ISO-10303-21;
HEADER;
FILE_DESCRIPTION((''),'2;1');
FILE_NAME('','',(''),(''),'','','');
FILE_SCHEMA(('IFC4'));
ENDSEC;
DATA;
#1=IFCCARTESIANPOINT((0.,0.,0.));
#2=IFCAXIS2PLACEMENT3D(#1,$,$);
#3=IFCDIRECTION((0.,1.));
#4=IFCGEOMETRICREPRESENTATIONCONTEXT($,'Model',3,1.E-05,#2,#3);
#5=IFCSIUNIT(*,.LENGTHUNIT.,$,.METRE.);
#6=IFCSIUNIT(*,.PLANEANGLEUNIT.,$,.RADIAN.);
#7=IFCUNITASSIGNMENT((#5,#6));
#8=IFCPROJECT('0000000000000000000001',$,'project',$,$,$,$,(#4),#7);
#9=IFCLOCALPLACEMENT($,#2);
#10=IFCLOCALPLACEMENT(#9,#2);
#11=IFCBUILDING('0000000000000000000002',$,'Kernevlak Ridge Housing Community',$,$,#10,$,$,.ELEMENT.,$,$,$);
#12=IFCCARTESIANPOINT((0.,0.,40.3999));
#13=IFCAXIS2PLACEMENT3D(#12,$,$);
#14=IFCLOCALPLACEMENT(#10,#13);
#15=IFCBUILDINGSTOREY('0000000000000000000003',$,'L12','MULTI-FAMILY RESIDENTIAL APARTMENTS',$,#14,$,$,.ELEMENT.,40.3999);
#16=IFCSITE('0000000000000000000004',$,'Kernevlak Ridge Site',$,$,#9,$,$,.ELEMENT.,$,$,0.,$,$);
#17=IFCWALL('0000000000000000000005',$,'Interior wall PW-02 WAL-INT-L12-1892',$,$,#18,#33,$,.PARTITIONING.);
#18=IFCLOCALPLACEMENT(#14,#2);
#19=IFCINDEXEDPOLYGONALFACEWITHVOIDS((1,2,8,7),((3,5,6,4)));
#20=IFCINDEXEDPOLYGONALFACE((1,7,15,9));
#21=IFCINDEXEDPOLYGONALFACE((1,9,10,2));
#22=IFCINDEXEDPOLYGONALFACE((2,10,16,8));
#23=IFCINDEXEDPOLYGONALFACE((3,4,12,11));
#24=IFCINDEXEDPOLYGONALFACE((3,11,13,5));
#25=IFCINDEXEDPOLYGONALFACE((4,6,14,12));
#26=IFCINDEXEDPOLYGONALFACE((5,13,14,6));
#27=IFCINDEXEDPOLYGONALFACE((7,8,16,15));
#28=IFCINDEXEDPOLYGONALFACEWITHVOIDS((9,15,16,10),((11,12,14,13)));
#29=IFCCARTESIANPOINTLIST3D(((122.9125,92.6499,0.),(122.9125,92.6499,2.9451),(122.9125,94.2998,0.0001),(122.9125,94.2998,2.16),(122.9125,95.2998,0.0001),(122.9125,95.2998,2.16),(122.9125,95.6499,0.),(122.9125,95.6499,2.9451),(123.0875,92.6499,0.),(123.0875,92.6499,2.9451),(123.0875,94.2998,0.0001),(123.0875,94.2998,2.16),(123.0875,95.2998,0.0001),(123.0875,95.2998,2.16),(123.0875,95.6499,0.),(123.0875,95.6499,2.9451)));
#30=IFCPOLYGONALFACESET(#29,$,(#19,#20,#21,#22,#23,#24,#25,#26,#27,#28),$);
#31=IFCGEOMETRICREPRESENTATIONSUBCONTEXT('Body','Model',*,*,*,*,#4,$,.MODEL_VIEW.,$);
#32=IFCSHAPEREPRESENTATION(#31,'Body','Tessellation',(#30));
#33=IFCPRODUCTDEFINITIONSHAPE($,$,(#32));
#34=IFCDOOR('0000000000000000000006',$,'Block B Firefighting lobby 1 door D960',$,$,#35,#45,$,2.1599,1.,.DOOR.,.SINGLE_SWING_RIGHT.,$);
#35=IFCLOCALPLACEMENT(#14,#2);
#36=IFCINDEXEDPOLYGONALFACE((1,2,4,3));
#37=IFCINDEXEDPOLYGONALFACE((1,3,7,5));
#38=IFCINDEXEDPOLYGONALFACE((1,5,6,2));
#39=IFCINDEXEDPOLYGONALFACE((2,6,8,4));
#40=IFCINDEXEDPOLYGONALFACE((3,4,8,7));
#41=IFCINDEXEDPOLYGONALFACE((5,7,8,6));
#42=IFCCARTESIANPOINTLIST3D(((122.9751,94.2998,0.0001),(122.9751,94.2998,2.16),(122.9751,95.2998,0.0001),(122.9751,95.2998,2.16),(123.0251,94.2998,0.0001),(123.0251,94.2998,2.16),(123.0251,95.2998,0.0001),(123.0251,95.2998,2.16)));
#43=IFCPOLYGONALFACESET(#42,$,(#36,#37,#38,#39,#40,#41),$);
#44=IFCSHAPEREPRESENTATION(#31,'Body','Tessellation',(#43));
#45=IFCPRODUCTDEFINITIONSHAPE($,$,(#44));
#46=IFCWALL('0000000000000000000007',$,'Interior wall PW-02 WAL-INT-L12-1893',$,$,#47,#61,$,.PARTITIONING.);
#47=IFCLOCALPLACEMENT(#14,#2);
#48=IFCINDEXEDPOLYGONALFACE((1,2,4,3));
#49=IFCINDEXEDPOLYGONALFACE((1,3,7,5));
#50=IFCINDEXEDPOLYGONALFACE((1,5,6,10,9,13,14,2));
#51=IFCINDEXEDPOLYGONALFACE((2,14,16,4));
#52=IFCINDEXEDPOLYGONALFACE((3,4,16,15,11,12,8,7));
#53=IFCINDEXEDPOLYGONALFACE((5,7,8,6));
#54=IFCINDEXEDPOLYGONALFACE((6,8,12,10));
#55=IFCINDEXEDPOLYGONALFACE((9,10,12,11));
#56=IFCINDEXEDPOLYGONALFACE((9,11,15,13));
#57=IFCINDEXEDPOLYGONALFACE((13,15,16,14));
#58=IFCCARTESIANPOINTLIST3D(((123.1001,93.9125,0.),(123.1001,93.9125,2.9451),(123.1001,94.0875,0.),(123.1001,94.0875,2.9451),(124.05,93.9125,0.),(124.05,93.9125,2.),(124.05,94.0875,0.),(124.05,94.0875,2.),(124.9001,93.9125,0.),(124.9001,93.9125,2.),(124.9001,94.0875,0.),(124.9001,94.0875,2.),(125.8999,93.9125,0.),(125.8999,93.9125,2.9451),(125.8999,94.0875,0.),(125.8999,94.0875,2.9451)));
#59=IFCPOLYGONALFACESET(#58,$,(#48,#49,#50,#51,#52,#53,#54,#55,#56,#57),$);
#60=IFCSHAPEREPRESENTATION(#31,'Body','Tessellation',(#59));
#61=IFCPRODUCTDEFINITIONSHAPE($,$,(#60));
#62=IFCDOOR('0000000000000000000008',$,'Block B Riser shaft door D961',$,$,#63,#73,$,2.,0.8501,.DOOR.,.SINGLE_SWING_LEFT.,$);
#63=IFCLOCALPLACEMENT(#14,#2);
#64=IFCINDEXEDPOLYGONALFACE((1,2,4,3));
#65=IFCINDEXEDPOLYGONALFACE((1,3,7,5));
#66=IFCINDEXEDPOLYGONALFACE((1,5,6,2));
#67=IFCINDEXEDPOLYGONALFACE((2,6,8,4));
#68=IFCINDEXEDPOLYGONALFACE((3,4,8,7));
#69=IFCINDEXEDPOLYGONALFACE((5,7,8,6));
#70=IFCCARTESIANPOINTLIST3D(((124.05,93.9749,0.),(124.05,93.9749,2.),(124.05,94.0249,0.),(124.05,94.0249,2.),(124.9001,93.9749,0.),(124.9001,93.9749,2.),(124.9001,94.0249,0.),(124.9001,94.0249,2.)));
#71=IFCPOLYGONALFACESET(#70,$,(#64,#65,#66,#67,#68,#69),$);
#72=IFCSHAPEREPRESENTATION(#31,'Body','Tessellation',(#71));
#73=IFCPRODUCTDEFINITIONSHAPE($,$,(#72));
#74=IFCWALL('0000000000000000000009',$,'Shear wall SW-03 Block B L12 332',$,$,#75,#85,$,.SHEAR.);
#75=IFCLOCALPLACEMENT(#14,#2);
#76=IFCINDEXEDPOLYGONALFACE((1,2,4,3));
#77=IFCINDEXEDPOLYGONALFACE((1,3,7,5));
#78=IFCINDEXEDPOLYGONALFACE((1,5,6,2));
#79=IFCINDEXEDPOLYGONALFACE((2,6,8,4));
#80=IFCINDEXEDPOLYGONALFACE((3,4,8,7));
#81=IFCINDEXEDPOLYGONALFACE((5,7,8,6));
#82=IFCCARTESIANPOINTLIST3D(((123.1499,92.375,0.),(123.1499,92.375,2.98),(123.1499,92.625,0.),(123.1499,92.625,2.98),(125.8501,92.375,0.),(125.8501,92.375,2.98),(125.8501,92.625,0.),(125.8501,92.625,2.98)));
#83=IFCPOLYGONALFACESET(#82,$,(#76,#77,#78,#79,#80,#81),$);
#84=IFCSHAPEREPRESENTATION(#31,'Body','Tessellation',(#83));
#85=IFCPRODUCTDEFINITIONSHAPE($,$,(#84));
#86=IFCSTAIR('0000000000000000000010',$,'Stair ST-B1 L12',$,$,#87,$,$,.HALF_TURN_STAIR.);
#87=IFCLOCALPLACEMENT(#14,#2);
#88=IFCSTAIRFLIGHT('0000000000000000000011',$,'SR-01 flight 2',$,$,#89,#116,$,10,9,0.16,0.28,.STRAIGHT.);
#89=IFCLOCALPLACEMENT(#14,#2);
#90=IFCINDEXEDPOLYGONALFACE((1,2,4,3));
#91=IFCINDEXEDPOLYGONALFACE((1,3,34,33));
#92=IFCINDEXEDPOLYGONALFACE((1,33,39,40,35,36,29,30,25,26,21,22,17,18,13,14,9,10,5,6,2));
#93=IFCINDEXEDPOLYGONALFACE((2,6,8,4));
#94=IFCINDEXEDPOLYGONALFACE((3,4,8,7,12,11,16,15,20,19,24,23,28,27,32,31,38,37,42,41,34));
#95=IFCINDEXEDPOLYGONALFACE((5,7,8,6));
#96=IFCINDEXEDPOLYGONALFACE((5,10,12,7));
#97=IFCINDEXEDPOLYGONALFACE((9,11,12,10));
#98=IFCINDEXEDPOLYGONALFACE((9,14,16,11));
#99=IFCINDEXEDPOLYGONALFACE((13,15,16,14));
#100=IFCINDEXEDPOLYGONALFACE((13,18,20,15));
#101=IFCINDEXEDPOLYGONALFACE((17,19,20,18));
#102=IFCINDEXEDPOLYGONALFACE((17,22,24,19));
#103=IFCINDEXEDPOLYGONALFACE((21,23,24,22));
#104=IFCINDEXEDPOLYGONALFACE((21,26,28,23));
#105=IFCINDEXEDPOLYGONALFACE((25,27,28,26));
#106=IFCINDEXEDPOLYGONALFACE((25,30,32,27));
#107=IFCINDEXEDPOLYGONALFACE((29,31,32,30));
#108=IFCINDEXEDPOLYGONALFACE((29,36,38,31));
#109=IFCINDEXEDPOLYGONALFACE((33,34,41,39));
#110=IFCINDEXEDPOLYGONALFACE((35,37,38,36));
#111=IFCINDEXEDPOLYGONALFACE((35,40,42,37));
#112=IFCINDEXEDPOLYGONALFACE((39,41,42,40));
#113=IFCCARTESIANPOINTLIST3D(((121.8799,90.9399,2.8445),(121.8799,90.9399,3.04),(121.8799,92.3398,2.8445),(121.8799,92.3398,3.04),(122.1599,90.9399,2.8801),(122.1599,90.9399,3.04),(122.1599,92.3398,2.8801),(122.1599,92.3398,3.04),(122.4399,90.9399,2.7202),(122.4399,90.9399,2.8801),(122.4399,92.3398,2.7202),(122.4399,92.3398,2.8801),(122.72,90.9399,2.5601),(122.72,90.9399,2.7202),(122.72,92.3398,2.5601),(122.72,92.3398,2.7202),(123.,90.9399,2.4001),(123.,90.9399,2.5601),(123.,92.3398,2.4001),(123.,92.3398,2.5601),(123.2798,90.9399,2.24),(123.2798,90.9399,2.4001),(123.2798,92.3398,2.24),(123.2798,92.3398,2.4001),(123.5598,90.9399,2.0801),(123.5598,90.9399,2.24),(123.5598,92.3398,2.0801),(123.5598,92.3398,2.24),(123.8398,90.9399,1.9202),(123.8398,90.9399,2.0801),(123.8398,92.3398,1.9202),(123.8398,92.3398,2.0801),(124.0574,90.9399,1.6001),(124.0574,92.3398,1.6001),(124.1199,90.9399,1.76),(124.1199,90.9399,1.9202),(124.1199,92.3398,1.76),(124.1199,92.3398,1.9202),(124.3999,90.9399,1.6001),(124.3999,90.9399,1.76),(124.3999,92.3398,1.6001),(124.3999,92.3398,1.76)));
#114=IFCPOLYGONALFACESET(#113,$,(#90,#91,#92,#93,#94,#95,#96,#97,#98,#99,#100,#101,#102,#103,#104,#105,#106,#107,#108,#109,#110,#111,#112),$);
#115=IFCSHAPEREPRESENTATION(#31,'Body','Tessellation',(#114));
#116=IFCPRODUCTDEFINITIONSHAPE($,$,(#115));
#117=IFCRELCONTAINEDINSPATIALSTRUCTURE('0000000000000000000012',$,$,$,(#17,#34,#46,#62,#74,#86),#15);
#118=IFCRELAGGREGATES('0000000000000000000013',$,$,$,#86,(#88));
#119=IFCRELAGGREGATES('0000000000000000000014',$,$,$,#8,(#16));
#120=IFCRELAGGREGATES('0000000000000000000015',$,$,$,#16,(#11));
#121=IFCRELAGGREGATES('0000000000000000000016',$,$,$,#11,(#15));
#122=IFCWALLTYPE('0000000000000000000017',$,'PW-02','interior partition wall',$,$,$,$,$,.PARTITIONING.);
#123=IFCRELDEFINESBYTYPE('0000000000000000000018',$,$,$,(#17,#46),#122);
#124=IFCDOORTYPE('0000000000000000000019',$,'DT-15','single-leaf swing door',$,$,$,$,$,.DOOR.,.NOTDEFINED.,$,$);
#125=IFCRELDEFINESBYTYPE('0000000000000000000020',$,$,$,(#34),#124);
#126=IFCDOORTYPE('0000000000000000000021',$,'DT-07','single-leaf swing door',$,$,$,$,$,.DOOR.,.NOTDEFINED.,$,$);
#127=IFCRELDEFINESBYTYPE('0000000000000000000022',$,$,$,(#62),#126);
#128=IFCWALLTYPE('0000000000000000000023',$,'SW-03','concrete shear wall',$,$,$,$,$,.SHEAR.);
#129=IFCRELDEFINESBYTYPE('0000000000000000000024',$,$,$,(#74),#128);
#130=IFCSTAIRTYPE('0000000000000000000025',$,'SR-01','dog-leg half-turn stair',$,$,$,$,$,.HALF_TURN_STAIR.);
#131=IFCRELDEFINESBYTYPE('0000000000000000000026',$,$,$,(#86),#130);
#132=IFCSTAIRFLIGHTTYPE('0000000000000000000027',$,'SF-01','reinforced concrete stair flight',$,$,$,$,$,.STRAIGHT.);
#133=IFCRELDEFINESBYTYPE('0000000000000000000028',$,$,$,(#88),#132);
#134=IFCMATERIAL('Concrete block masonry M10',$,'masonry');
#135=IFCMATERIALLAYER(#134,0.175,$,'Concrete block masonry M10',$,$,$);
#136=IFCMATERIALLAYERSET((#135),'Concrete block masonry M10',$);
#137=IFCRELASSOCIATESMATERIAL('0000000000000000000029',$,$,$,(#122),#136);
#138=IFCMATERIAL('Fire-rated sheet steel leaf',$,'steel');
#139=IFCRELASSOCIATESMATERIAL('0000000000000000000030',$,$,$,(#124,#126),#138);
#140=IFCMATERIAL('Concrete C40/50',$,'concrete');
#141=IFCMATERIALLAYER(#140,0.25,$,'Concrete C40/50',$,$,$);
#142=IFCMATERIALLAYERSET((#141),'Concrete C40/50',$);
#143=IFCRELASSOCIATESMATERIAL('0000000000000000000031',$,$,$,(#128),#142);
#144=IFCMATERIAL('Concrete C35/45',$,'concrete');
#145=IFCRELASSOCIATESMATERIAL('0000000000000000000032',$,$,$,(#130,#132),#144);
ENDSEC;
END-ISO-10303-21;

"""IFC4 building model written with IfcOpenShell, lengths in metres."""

from ifc_helpers import new_model, si_unit, direction, frame, frame_2d, origin, place, context, subcontext, project, spatial, polyline, rectangle, outline, extrude, material, layer, layer_set, type_object, element, fill, aggregate, save


model = new_model("IFC4")

# Units and contexts
model_context = context("Model", 3, precision=1e-05, world=origin(), true_north=direction((0.0, 1.0)))
body_context = subcontext(model_context, "Body", "Model", "MODEL_VIEW")
ifc_project = project(units=[si_unit("LENGTHUNIT", "METRE"), si_unit("PLANEANGLEUNIT", "RADIAN")], contexts=[model_context])

# Site, building, storey
site_placement = place(None, origin())
site = spatial("IfcSite", under=ifc_project, at=site_placement, Name="Kernevlak Ridge Site", CompositionType="ELEMENT", RefElevation=0.0)
building_placement = place(site_placement, origin())
building = spatial("IfcBuilding", under=site, at=building_placement, Name="Kernevlak Ridge Housing Community", CompositionType="ELEMENT")
storey_placement = place(building_placement, frame((0.0, 0.0, 40.3999)))
storey = spatial("IfcBuildingStorey", under=building, at=storey_placement, Name="L12", Description="MULTI-FAMILY RESIDENTIAL APARTMENTS", CompositionType="ELEMENT", Elevation=40.3999)

# Walls, openings, doors
ifc_material_1 = material(Name="Concrete C35/45", Category="concrete")
ifc_material_2 = material(Name="Fire-rated sheet steel leaf", Category="steel")
ifc_material_3 = material(Name="Concrete block masonry M10", Category="masonry")
ifc_layer_1 = layer(ifc_material_3, 0.175, Name="Concrete block masonry M10")
ifc_layer_set_1 = layer_set([ifc_layer_1], Name="Concrete block masonry M10")
wall_type_1 = type_object("IfcWallType", Name="PW-02", Description="interior partition wall", PredefinedType="PARTITIONING", material=ifc_layer_set_1)
wall_1_placement = place(storey_placement, frame((123.0, 92.6499, 0.0), z_axis=(0.0, 0.0, 1.0), x_axis=(0.0, 1.0, 0.0)))
wall_1 = element("IfcWall", 1, at=wall_1_placement, inside=storey, type_object=wall_type_1, Name="Interior wall PW-02 WAL-INT-L12-1892", PredefinedType="PARTITIONING", context=body_context, shape_type="SweptSolid", body=[
    extrude(rectangle(XDim=3.0, YDim=0.175, at=frame_2d((1.5, 0.0))), origin(), (0.0, 0.0, 1.0), 2.9451),
])
opening_1_placement = place(wall_1_placement, frame((1.6499, 0.0, 0.0)))
opening_1 = element("IfcOpeningElement", 2, at=opening_1_placement, cuts=wall_1, PredefinedType="OPENING", context=body_context, shape_type="SweptSolid", body=[
    extrude(rectangle(XDim=1.0, YDim=2.1599, at=frame_2d((0.5, 1.0801))), frame((0.0, 0.0974, 0.0), z_axis=(0.0, -1.0, 0.0), x_axis=(1.0, 0.0, 0.0)), (0.0, 0.0, 1.0), 0.1951),
])
door_type_1 = type_object("IfcDoorType", Name="DT-15", Description="single-leaf swing door", OperationType="NOTDEFINED", PredefinedType="DOOR", material=ifc_material_2)
door_1_placement = place(opening_1_placement, origin())
door_1 = element("IfcDoor", 3, at=door_1_placement, inside=storey, type_object=door_type_1, Name="Block B Firefighting lobby 1 door D960", OperationType="SINGLE_SWING_RIGHT", OverallHeight=2.1599, OverallWidth=1.0, PredefinedType="DOOR", context=body_context, shape_type="SweptSolid", body=[
    extrude(rectangle(XDim=1.0, YDim=2.1599, at=frame_2d((0.5, 1.0801))), frame((0.0, 0.0249, 0.0), z_axis=(0.0, -1.0, 0.0), x_axis=(1.0, 0.0, 0.0)), (0.0, 0.0, 1.0), 0.05),
])
fill(opening_1, door_1)
wall_2_placement = place(storey_placement, frame((123.1001, 94.0, 0.0), z_axis=(0.0, 0.0, 1.0), x_axis=(1.0, 0.0, 0.0)))
wall_2 = element("IfcWall", 4, at=wall_2_placement, inside=storey, type_object=wall_type_1, Name="Interior wall PW-02 WAL-INT-L12-1893", PredefinedType="PARTITIONING", context=body_context, shape_type="SweptSolid", body=[
    extrude(rectangle(XDim=2.7998, YDim=0.175, at=frame_2d((1.3999, 0.0))), origin(), (0.0, 0.0, 1.0), 2.9451),
])
opening_2_placement = place(wall_2_placement, frame((0.95, 0.0, 0.0)))
opening_2 = element("IfcOpeningElement", 5, at=opening_2_placement, cuts=wall_2, PredefinedType="OPENING", context=body_context, shape_type="SweptSolid", body=[
    extrude(rectangle(XDim=0.8501, YDim=2.0, at=frame_2d((0.425, 1.0))), frame((0.0, 0.0974, 0.0), z_axis=(0.0, -1.0, 0.0), x_axis=(1.0, 0.0, 0.0)), (0.0, 0.0, 1.0), 0.1951),
])
door_type_2 = type_object("IfcDoorType", Name="DT-07", Description="single-leaf swing door", OperationType="NOTDEFINED", PredefinedType="DOOR", material=ifc_material_2)
door_2_placement = place(opening_2_placement, origin())
door_2 = element("IfcDoor", 6, at=door_2_placement, inside=storey, type_object=door_type_2, Name="Block B Riser shaft door D961", OperationType="SINGLE_SWING_LEFT", OverallHeight=2.0, OverallWidth=0.8501, PredefinedType="DOOR", context=body_context, shape_type="SweptSolid", body=[
    extrude(rectangle(XDim=0.8501, YDim=2.0, at=frame_2d((0.425, 1.0))), frame((0.0, 0.0249, 0.0), z_axis=(0.0, -1.0, 0.0), x_axis=(1.0, 0.0, 0.0)), (0.0, 0.0, 1.0), 0.05),
])
fill(opening_2, door_2)

# Wall
ifc_material_4 = material(Name="Concrete C40/50", Category="concrete")
ifc_layer_2 = layer(ifc_material_4, 0.25, Name="Concrete C40/50")
ifc_layer_set_2 = layer_set([ifc_layer_2], Name="Concrete C40/50")
wall_type_2 = type_object("IfcWallType", Name="SW-03", Description="concrete shear wall", PredefinedType="SHEAR", material=ifc_layer_set_2)
wall_3_placement = place(storey_placement, frame((123.1499, 92.5, 0.0), z_axis=(0.0, 0.0, 1.0), x_axis=(1.0, 0.0, 0.0)))
element("IfcWall", 7, at=wall_3_placement, inside=storey, type_object=wall_type_2, Name="Shear wall SW-03 Block B L12 332", PredefinedType="SHEAR", context=body_context, shape_type="SweptSolid", body=[
    extrude(rectangle(XDim=2.7002, YDim=0.25, at=frame_2d((1.3501, 0.0))), origin(), (0.0, 0.0, 1.0), 2.98),
])

# Stair, stair flight
stair_type = type_object("IfcStairType", Name="SR-01", Description="dog-leg half-turn stair", PredefinedType="HALF_TURN_STAIR", material=ifc_material_1)
stair_placement = place(storey_placement, origin())
stair = element("IfcStair", 8, at=stair_placement, inside=storey, type_object=stair_type, Name="Stair ST-B1 L12", PredefinedType="HALF_TURN_STAIR")
stair_flight_type = type_object("IfcStairFlightType", Name="SF-01", Description="reinforced concrete stair flight", PredefinedType="STRAIGHT", material=ifc_material_1)
stair_flight_placement = place(storey_placement, frame((124.3999, 91.6399, 1.6001), z_axis=(0.0, 0.0, 1.0), x_axis=(-1.0, 0.0, 0.0)))
stair_flight = element("IfcStairFlight", 9, at=stair_flight_placement, type_object=stair_flight_type, Name="SR-01 flight 2", NumberOfRisers=10, NumberOfTreads=9, PredefinedType="STRAIGHT", RiserHeight=0.16, TreadLength=0.28, context=body_context, shape_type="SweptSolid", body=[
    extrude(outline(polyline([(0.0, 0.0), (0.0, 0.1599), (0.28, 0.1599), (0.28, 0.3201), (0.5601, 0.3201), (0.5601, 0.48), (0.8401, 0.48), (0.8401, 0.6399), (1.1201, 0.6399), (1.1201, 0.8), (1.3999, 0.8), (1.3999, 0.96), (1.6799, 0.96), (1.6799, 1.1201), (1.96, 1.1201), (1.96, 1.28), (2.24, 1.28), (2.24, 1.4399), (2.52, 1.4399), (2.52, 1.6001), (2.52, 1.2444), (0.3425, 0.0), (0.0, 0.0)])), frame((0.0, 0.7, 0.0), z_axis=(0.0, -1.0, 0.0), x_axis=(1.0, 0.0, 0.0)), (0.0, 0.0, 1.0), 1.3999),
])
aggregate(stair, [stair_flight])

save(model, "model.ifc")
